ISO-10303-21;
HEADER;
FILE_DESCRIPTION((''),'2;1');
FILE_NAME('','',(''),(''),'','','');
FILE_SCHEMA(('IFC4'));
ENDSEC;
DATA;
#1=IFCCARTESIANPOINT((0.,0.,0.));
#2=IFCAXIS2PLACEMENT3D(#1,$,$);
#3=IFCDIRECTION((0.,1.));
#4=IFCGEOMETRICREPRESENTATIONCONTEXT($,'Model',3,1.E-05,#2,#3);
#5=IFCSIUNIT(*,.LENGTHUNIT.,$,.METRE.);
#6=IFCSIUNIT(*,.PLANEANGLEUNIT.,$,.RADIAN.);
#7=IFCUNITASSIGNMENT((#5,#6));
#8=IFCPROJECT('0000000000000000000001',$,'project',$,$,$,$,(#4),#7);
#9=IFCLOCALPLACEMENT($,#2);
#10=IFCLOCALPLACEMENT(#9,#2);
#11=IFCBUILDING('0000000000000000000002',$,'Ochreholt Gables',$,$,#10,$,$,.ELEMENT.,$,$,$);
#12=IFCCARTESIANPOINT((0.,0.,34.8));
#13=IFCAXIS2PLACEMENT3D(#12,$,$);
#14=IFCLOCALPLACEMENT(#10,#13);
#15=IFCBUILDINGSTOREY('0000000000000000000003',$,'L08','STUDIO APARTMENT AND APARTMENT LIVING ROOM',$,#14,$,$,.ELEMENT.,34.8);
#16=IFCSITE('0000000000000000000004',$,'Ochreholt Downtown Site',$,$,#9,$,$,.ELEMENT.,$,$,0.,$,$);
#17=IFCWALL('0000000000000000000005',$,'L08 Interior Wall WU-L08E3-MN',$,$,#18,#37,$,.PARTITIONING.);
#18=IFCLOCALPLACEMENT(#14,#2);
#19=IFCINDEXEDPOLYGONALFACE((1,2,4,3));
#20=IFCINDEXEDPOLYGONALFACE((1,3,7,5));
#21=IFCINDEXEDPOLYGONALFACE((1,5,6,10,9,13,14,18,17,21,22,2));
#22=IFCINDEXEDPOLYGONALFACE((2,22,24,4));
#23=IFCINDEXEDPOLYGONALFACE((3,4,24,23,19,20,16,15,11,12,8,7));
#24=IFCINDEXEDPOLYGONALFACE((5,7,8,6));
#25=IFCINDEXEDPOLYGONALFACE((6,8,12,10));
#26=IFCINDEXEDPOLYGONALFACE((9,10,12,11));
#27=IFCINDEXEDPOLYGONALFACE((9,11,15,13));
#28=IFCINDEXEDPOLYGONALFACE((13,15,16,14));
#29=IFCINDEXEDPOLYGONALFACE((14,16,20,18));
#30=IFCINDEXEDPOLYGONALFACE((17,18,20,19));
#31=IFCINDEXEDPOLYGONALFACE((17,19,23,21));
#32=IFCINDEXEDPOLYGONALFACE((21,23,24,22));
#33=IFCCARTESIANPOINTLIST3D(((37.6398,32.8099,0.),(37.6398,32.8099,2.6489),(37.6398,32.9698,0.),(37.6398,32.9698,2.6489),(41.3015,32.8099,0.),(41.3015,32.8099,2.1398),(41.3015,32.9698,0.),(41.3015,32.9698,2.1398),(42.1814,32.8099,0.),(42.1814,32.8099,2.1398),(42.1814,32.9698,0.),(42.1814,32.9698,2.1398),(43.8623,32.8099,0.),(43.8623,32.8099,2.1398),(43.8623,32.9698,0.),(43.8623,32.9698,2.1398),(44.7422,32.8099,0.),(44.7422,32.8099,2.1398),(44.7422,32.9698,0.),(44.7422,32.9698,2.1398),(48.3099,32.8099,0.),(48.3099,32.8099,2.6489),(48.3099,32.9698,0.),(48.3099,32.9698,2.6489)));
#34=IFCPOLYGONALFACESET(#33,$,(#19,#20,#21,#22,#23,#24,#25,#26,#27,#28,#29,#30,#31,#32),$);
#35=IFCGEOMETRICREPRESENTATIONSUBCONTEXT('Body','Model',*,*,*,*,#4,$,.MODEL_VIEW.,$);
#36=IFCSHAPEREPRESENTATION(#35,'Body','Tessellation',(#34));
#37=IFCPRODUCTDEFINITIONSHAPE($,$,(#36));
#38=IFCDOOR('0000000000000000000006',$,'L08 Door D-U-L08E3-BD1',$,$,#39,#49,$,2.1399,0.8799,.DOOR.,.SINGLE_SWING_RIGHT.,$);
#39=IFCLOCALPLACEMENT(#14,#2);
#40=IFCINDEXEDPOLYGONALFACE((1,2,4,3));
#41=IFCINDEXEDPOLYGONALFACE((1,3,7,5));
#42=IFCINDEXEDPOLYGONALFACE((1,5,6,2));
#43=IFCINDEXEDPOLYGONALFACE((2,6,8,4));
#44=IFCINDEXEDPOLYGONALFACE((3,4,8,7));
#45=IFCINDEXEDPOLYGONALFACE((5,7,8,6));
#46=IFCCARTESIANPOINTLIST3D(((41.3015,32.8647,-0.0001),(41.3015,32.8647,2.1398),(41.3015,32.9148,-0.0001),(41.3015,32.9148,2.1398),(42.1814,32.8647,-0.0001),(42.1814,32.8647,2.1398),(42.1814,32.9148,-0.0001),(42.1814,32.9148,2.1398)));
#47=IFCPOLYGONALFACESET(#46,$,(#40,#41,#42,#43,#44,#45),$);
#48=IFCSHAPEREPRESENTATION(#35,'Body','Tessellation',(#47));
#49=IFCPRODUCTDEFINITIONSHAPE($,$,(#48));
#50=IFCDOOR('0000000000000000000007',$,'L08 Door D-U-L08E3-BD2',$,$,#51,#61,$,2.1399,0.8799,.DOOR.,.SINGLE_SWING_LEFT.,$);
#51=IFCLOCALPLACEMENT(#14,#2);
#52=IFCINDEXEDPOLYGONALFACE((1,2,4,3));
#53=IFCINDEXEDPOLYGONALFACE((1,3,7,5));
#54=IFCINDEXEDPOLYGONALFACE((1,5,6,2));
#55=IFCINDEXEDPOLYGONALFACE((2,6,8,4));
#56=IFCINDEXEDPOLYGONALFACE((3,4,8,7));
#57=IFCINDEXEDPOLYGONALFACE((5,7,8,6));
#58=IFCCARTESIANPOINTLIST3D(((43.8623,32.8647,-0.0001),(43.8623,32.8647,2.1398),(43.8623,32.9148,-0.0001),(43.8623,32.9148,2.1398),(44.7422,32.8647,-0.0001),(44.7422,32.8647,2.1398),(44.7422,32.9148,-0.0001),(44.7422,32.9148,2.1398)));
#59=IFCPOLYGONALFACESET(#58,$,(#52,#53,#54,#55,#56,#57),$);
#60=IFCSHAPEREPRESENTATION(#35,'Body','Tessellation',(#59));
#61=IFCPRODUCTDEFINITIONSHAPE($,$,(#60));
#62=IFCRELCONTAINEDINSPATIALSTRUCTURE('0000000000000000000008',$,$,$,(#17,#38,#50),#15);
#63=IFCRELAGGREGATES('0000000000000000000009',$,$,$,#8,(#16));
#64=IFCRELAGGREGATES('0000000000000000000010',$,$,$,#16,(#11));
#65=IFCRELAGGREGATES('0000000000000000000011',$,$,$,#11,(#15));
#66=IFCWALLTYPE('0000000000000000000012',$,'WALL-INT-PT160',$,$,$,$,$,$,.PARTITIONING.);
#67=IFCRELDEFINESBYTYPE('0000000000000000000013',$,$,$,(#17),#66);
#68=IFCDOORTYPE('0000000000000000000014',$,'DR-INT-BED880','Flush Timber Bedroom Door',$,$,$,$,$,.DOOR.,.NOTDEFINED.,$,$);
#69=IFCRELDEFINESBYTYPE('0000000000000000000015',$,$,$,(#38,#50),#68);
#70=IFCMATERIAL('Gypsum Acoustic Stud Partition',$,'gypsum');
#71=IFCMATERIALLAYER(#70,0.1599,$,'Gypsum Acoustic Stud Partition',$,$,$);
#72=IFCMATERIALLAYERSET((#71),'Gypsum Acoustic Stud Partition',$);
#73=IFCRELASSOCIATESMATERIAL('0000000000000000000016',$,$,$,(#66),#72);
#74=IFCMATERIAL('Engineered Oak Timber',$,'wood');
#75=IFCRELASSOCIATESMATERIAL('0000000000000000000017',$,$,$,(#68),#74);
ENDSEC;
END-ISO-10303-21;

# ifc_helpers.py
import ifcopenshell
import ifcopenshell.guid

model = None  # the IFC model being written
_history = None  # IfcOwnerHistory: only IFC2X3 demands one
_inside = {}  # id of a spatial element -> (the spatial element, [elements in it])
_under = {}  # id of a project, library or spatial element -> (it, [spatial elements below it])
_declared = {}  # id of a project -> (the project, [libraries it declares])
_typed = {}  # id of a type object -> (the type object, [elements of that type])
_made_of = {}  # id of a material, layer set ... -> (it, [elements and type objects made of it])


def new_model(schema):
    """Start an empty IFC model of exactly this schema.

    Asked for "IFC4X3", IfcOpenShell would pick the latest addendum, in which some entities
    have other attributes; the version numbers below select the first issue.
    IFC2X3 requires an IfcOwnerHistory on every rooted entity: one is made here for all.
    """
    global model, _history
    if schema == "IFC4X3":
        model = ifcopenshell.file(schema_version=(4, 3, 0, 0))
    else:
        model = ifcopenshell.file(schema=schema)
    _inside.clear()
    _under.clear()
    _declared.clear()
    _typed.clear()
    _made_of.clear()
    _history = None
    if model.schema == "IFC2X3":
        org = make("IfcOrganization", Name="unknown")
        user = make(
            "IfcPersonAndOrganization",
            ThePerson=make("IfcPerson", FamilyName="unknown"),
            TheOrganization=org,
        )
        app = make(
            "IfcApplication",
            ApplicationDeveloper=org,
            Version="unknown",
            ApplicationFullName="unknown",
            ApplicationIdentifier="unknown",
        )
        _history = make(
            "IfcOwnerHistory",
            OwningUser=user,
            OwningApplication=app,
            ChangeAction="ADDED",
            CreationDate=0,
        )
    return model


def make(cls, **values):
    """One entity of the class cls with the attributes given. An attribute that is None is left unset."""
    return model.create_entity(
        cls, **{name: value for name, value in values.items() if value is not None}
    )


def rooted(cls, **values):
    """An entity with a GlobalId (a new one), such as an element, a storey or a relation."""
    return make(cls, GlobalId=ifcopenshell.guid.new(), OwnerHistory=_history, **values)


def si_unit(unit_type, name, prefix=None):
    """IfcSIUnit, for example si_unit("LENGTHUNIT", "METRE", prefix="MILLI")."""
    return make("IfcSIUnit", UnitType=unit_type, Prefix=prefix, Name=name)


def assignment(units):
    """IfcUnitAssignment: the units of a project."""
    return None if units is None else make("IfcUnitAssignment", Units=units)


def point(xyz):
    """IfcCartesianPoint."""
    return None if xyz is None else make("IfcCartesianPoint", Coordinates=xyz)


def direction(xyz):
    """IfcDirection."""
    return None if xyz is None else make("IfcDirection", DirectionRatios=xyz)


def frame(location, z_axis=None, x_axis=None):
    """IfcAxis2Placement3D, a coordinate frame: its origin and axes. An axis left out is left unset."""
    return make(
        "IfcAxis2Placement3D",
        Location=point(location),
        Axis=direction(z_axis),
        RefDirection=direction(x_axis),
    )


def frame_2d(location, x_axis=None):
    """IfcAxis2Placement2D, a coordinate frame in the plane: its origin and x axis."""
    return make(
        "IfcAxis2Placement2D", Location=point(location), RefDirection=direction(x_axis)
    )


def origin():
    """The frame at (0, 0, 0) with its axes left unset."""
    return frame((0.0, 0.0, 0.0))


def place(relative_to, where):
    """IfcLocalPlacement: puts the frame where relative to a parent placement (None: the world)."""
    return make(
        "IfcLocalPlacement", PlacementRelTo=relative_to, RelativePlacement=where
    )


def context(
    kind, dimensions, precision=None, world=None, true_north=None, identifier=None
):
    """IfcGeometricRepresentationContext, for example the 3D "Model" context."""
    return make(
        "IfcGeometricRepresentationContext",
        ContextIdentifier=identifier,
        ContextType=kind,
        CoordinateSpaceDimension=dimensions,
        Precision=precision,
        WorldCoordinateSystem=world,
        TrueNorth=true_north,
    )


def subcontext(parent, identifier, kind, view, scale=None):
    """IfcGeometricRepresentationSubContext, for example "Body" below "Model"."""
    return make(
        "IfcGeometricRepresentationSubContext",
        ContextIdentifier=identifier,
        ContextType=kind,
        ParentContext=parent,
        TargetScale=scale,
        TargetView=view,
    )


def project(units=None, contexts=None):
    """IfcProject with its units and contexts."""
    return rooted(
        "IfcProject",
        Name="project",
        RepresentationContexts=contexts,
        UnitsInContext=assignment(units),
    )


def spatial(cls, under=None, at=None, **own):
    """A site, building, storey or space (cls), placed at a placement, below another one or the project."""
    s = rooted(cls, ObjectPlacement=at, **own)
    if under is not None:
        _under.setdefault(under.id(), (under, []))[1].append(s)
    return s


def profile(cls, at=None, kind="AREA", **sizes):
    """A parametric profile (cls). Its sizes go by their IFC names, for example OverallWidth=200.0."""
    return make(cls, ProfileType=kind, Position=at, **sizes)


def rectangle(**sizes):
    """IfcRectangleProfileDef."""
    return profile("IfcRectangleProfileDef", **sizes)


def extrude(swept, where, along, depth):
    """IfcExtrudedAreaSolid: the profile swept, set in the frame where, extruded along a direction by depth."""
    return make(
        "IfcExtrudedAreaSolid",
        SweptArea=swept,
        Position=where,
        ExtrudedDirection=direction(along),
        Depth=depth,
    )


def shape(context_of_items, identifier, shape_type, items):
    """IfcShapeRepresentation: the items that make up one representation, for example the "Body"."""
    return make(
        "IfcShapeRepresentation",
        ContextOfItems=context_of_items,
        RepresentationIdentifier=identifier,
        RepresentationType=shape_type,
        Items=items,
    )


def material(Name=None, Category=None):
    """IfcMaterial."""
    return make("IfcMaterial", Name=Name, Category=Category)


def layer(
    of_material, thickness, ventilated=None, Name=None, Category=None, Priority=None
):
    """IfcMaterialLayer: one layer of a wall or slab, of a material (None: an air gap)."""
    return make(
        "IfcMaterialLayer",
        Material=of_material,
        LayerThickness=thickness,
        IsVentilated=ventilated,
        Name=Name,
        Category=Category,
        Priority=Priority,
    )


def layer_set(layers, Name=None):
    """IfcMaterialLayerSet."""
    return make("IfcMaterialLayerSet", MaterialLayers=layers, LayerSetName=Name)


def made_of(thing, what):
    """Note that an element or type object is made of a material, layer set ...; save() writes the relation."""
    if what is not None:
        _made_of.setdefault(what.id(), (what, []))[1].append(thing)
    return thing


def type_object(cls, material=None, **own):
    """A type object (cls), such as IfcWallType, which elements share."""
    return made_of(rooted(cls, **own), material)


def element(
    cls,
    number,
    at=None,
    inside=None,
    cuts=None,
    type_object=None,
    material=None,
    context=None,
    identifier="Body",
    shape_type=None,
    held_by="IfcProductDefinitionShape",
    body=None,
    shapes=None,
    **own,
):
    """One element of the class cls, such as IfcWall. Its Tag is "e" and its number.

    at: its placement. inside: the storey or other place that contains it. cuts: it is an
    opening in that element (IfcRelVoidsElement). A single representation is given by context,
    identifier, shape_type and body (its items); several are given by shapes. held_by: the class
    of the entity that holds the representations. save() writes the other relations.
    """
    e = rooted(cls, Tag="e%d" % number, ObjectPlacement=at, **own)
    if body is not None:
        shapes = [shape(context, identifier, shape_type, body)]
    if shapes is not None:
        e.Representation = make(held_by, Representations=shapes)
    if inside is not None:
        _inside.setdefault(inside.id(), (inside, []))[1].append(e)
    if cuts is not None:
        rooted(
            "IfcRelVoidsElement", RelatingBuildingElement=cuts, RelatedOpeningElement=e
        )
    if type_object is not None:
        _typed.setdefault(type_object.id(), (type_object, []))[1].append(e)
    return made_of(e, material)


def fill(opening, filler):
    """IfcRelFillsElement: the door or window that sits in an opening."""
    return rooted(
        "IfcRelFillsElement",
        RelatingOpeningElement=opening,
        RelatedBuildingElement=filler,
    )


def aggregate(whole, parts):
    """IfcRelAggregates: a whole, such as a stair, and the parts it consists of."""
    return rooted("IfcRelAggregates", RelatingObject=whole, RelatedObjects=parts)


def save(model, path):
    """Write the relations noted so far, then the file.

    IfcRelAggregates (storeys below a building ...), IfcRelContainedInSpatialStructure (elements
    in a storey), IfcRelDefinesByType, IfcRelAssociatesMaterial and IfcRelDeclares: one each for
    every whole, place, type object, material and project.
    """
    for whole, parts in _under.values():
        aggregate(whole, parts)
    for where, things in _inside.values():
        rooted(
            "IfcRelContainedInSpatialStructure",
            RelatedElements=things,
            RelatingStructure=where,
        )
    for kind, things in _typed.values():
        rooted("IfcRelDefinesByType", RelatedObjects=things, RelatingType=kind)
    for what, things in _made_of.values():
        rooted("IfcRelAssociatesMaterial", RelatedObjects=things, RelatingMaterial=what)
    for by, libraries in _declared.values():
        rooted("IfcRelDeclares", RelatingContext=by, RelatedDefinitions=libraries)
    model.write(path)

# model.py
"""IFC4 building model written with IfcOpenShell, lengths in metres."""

from ifc_helpers import new_model, si_unit, direction, frame, frame_2d, origin, place, context, subcontext, project, spatial, rectangle, extrude, material, layer, layer_set, type_object, element, fill, save


model = new_model("IFC4")

# Units and contexts
model_context = context("Model", 3, precision=1e-05, world=origin(), true_north=direction((0.0, 1.0)))
body_context = subcontext(model_context, "Body", "Model", "MODEL_VIEW")
ifc_project = project(units=[si_unit("LENGTHUNIT", "METRE"), si_unit("PLANEANGLEUNIT", "RADIAN")], contexts=[model_context])

# Site, building, storey
site_placement = place(None, origin())
site = spatial("IfcSite", under=ifc_project, at=site_placement, Name="Ochreholt Downtown Site", CompositionType="ELEMENT", RefElevation=0.0)
building_placement = place(site_placement, origin())
building = spatial("IfcBuilding", under=site, at=building_placement, Name="Ochreholt Gables", CompositionType="ELEMENT")
storey_placement = place(building_placement, frame((0.0, 0.0, 34.8)))
storey = spatial("IfcBuildingStorey", under=building, at=storey_placement, Name="L08", Description="STUDIO APARTMENT AND APARTMENT LIVING ROOM", CompositionType="ELEMENT", Elevation=34.8)

# Wall, openings, doors
ifc_material_1 = material(Name="Gypsum Acoustic Stud Partition", Category="gypsum")
ifc_layer_1 = layer(ifc_material_1, 0.1599, Name="Gypsum Acoustic Stud Partition")
ifc_layer_set_1 = layer_set([ifc_layer_1], Name="Gypsum Acoustic Stud Partition")
wall_type_1 = type_object("IfcWallType", Name="WALL-INT-PT160", PredefinedType="PARTITIONING", material=ifc_layer_set_1)
wall_1_placement = place(storey_placement, frame((37.6399, 32.8899, 0.0), z_axis=(0.0, 0.0, 1.0), x_axis=(1.0, 0.0, 0.0)))
wall_1 = element("IfcWall", 1, at=wall_1_placement, inside=storey, type_object=wall_type_1, Name="L08 Interior Wall WU-L08E3-MN", PredefinedType="PARTITIONING", context=body_context, shape_type="SweptSolid", body=[
    extrude(rectangle(XDim=10.6702, YDim=0.1599, at=frame_2d((5.335, 0.0))), origin(), (0.0, 0.0, 1.0), 2.6489),
])
opening_1_placement = place(wall_1_placement, frame((3.6616, 0.0, 0.0)))
opening_1 = element("IfcOpeningElement", 2, at=opening_1_placement, cuts=wall_1, PredefinedType="OPENING", context=body_context, shape_type="SweptSolid", body=[
    extrude(rectangle(XDim=0.8799, YDim=2.1399, at=frame_2d((0.4399, 1.0698))), frame((0.0, 0.0898, 0.0), z_axis=(0.0, -1.0, 0.0), x_axis=(1.0, 0.0, 0.0)), (0.0, 0.0, 1.0), 0.1799),
])
opening_2_placement = place(wall_1_placement, frame((6.2224, 0.0, 0.0)))
opening_2 = element("IfcOpeningElement", 3, at=opening_2_placement, cuts=wall_1, PredefinedType="OPENING", context=body_context, shape_type="SweptSolid", body=[
    extrude(rectangle(XDim=0.8799, YDim=2.1399, at=frame_2d((0.4399, 1.0698))), frame((0.0, 0.0898, 0.0), z_axis=(0.0, -1.0, 0.0), x_axis=(1.0, 0.0, 0.0)), (0.0, 0.0, 1.0), 0.1799),
])
ifc_material_2 = material(Name="Engineered Oak Timber", Category="wood")
door_type = type_object("IfcDoorType", Name="DR-INT-BED880", Description="Flush Timber Bedroom Door", OperationType="NOTDEFINED", PredefinedType="DOOR", material=ifc_material_2)
door_1_placement = place(opening_1_placement, origin())
door_1 = element("IfcDoor", 4, at=door_1_placement, inside=storey, type_object=door_type, Name="L08 Door D-U-L08E3-BD1", OperationType="SINGLE_SWING_RIGHT", OverallHeight=2.1399, OverallWidth=0.8799, PredefinedType="DOOR", context=body_context, shape_type="SweptSolid", body=[
    extrude(rectangle(XDim=0.8799, YDim=2.1399, at=frame_2d((0.4399, 1.0698))), frame((0.0, 0.0249, 0.0), z_axis=(0.0, -1.0, 0.0), x_axis=(1.0, 0.0, 0.0)), (0.0, 0.0, 1.0), 0.05),
])
fill(opening_1, door_1)
door_2_placement = place(opening_2_placement, origin())
door_2 = element("IfcDoor", 5, at=door_2_placement, inside=storey, type_object=door_type, Name="L08 Door D-U-L08E3-BD2", OperationType="SINGLE_SWING_LEFT", OverallHeight=2.1399, OverallWidth=0.8799, PredefinedType="DOOR", context=body_context, shape_type="SweptSolid", body=[
    extrude(rectangle(XDim=0.8799, YDim=2.1399, at=frame_2d((0.4399, 1.0698))), frame((0.0, 0.0249, 0.0), z_axis=(0.0, -1.0, 0.0), x_axis=(1.0, 0.0, 0.0)), (0.0, 0.0, 1.0), 0.05),
])
fill(opening_2, door_2)

save(model, "model.ifc")
